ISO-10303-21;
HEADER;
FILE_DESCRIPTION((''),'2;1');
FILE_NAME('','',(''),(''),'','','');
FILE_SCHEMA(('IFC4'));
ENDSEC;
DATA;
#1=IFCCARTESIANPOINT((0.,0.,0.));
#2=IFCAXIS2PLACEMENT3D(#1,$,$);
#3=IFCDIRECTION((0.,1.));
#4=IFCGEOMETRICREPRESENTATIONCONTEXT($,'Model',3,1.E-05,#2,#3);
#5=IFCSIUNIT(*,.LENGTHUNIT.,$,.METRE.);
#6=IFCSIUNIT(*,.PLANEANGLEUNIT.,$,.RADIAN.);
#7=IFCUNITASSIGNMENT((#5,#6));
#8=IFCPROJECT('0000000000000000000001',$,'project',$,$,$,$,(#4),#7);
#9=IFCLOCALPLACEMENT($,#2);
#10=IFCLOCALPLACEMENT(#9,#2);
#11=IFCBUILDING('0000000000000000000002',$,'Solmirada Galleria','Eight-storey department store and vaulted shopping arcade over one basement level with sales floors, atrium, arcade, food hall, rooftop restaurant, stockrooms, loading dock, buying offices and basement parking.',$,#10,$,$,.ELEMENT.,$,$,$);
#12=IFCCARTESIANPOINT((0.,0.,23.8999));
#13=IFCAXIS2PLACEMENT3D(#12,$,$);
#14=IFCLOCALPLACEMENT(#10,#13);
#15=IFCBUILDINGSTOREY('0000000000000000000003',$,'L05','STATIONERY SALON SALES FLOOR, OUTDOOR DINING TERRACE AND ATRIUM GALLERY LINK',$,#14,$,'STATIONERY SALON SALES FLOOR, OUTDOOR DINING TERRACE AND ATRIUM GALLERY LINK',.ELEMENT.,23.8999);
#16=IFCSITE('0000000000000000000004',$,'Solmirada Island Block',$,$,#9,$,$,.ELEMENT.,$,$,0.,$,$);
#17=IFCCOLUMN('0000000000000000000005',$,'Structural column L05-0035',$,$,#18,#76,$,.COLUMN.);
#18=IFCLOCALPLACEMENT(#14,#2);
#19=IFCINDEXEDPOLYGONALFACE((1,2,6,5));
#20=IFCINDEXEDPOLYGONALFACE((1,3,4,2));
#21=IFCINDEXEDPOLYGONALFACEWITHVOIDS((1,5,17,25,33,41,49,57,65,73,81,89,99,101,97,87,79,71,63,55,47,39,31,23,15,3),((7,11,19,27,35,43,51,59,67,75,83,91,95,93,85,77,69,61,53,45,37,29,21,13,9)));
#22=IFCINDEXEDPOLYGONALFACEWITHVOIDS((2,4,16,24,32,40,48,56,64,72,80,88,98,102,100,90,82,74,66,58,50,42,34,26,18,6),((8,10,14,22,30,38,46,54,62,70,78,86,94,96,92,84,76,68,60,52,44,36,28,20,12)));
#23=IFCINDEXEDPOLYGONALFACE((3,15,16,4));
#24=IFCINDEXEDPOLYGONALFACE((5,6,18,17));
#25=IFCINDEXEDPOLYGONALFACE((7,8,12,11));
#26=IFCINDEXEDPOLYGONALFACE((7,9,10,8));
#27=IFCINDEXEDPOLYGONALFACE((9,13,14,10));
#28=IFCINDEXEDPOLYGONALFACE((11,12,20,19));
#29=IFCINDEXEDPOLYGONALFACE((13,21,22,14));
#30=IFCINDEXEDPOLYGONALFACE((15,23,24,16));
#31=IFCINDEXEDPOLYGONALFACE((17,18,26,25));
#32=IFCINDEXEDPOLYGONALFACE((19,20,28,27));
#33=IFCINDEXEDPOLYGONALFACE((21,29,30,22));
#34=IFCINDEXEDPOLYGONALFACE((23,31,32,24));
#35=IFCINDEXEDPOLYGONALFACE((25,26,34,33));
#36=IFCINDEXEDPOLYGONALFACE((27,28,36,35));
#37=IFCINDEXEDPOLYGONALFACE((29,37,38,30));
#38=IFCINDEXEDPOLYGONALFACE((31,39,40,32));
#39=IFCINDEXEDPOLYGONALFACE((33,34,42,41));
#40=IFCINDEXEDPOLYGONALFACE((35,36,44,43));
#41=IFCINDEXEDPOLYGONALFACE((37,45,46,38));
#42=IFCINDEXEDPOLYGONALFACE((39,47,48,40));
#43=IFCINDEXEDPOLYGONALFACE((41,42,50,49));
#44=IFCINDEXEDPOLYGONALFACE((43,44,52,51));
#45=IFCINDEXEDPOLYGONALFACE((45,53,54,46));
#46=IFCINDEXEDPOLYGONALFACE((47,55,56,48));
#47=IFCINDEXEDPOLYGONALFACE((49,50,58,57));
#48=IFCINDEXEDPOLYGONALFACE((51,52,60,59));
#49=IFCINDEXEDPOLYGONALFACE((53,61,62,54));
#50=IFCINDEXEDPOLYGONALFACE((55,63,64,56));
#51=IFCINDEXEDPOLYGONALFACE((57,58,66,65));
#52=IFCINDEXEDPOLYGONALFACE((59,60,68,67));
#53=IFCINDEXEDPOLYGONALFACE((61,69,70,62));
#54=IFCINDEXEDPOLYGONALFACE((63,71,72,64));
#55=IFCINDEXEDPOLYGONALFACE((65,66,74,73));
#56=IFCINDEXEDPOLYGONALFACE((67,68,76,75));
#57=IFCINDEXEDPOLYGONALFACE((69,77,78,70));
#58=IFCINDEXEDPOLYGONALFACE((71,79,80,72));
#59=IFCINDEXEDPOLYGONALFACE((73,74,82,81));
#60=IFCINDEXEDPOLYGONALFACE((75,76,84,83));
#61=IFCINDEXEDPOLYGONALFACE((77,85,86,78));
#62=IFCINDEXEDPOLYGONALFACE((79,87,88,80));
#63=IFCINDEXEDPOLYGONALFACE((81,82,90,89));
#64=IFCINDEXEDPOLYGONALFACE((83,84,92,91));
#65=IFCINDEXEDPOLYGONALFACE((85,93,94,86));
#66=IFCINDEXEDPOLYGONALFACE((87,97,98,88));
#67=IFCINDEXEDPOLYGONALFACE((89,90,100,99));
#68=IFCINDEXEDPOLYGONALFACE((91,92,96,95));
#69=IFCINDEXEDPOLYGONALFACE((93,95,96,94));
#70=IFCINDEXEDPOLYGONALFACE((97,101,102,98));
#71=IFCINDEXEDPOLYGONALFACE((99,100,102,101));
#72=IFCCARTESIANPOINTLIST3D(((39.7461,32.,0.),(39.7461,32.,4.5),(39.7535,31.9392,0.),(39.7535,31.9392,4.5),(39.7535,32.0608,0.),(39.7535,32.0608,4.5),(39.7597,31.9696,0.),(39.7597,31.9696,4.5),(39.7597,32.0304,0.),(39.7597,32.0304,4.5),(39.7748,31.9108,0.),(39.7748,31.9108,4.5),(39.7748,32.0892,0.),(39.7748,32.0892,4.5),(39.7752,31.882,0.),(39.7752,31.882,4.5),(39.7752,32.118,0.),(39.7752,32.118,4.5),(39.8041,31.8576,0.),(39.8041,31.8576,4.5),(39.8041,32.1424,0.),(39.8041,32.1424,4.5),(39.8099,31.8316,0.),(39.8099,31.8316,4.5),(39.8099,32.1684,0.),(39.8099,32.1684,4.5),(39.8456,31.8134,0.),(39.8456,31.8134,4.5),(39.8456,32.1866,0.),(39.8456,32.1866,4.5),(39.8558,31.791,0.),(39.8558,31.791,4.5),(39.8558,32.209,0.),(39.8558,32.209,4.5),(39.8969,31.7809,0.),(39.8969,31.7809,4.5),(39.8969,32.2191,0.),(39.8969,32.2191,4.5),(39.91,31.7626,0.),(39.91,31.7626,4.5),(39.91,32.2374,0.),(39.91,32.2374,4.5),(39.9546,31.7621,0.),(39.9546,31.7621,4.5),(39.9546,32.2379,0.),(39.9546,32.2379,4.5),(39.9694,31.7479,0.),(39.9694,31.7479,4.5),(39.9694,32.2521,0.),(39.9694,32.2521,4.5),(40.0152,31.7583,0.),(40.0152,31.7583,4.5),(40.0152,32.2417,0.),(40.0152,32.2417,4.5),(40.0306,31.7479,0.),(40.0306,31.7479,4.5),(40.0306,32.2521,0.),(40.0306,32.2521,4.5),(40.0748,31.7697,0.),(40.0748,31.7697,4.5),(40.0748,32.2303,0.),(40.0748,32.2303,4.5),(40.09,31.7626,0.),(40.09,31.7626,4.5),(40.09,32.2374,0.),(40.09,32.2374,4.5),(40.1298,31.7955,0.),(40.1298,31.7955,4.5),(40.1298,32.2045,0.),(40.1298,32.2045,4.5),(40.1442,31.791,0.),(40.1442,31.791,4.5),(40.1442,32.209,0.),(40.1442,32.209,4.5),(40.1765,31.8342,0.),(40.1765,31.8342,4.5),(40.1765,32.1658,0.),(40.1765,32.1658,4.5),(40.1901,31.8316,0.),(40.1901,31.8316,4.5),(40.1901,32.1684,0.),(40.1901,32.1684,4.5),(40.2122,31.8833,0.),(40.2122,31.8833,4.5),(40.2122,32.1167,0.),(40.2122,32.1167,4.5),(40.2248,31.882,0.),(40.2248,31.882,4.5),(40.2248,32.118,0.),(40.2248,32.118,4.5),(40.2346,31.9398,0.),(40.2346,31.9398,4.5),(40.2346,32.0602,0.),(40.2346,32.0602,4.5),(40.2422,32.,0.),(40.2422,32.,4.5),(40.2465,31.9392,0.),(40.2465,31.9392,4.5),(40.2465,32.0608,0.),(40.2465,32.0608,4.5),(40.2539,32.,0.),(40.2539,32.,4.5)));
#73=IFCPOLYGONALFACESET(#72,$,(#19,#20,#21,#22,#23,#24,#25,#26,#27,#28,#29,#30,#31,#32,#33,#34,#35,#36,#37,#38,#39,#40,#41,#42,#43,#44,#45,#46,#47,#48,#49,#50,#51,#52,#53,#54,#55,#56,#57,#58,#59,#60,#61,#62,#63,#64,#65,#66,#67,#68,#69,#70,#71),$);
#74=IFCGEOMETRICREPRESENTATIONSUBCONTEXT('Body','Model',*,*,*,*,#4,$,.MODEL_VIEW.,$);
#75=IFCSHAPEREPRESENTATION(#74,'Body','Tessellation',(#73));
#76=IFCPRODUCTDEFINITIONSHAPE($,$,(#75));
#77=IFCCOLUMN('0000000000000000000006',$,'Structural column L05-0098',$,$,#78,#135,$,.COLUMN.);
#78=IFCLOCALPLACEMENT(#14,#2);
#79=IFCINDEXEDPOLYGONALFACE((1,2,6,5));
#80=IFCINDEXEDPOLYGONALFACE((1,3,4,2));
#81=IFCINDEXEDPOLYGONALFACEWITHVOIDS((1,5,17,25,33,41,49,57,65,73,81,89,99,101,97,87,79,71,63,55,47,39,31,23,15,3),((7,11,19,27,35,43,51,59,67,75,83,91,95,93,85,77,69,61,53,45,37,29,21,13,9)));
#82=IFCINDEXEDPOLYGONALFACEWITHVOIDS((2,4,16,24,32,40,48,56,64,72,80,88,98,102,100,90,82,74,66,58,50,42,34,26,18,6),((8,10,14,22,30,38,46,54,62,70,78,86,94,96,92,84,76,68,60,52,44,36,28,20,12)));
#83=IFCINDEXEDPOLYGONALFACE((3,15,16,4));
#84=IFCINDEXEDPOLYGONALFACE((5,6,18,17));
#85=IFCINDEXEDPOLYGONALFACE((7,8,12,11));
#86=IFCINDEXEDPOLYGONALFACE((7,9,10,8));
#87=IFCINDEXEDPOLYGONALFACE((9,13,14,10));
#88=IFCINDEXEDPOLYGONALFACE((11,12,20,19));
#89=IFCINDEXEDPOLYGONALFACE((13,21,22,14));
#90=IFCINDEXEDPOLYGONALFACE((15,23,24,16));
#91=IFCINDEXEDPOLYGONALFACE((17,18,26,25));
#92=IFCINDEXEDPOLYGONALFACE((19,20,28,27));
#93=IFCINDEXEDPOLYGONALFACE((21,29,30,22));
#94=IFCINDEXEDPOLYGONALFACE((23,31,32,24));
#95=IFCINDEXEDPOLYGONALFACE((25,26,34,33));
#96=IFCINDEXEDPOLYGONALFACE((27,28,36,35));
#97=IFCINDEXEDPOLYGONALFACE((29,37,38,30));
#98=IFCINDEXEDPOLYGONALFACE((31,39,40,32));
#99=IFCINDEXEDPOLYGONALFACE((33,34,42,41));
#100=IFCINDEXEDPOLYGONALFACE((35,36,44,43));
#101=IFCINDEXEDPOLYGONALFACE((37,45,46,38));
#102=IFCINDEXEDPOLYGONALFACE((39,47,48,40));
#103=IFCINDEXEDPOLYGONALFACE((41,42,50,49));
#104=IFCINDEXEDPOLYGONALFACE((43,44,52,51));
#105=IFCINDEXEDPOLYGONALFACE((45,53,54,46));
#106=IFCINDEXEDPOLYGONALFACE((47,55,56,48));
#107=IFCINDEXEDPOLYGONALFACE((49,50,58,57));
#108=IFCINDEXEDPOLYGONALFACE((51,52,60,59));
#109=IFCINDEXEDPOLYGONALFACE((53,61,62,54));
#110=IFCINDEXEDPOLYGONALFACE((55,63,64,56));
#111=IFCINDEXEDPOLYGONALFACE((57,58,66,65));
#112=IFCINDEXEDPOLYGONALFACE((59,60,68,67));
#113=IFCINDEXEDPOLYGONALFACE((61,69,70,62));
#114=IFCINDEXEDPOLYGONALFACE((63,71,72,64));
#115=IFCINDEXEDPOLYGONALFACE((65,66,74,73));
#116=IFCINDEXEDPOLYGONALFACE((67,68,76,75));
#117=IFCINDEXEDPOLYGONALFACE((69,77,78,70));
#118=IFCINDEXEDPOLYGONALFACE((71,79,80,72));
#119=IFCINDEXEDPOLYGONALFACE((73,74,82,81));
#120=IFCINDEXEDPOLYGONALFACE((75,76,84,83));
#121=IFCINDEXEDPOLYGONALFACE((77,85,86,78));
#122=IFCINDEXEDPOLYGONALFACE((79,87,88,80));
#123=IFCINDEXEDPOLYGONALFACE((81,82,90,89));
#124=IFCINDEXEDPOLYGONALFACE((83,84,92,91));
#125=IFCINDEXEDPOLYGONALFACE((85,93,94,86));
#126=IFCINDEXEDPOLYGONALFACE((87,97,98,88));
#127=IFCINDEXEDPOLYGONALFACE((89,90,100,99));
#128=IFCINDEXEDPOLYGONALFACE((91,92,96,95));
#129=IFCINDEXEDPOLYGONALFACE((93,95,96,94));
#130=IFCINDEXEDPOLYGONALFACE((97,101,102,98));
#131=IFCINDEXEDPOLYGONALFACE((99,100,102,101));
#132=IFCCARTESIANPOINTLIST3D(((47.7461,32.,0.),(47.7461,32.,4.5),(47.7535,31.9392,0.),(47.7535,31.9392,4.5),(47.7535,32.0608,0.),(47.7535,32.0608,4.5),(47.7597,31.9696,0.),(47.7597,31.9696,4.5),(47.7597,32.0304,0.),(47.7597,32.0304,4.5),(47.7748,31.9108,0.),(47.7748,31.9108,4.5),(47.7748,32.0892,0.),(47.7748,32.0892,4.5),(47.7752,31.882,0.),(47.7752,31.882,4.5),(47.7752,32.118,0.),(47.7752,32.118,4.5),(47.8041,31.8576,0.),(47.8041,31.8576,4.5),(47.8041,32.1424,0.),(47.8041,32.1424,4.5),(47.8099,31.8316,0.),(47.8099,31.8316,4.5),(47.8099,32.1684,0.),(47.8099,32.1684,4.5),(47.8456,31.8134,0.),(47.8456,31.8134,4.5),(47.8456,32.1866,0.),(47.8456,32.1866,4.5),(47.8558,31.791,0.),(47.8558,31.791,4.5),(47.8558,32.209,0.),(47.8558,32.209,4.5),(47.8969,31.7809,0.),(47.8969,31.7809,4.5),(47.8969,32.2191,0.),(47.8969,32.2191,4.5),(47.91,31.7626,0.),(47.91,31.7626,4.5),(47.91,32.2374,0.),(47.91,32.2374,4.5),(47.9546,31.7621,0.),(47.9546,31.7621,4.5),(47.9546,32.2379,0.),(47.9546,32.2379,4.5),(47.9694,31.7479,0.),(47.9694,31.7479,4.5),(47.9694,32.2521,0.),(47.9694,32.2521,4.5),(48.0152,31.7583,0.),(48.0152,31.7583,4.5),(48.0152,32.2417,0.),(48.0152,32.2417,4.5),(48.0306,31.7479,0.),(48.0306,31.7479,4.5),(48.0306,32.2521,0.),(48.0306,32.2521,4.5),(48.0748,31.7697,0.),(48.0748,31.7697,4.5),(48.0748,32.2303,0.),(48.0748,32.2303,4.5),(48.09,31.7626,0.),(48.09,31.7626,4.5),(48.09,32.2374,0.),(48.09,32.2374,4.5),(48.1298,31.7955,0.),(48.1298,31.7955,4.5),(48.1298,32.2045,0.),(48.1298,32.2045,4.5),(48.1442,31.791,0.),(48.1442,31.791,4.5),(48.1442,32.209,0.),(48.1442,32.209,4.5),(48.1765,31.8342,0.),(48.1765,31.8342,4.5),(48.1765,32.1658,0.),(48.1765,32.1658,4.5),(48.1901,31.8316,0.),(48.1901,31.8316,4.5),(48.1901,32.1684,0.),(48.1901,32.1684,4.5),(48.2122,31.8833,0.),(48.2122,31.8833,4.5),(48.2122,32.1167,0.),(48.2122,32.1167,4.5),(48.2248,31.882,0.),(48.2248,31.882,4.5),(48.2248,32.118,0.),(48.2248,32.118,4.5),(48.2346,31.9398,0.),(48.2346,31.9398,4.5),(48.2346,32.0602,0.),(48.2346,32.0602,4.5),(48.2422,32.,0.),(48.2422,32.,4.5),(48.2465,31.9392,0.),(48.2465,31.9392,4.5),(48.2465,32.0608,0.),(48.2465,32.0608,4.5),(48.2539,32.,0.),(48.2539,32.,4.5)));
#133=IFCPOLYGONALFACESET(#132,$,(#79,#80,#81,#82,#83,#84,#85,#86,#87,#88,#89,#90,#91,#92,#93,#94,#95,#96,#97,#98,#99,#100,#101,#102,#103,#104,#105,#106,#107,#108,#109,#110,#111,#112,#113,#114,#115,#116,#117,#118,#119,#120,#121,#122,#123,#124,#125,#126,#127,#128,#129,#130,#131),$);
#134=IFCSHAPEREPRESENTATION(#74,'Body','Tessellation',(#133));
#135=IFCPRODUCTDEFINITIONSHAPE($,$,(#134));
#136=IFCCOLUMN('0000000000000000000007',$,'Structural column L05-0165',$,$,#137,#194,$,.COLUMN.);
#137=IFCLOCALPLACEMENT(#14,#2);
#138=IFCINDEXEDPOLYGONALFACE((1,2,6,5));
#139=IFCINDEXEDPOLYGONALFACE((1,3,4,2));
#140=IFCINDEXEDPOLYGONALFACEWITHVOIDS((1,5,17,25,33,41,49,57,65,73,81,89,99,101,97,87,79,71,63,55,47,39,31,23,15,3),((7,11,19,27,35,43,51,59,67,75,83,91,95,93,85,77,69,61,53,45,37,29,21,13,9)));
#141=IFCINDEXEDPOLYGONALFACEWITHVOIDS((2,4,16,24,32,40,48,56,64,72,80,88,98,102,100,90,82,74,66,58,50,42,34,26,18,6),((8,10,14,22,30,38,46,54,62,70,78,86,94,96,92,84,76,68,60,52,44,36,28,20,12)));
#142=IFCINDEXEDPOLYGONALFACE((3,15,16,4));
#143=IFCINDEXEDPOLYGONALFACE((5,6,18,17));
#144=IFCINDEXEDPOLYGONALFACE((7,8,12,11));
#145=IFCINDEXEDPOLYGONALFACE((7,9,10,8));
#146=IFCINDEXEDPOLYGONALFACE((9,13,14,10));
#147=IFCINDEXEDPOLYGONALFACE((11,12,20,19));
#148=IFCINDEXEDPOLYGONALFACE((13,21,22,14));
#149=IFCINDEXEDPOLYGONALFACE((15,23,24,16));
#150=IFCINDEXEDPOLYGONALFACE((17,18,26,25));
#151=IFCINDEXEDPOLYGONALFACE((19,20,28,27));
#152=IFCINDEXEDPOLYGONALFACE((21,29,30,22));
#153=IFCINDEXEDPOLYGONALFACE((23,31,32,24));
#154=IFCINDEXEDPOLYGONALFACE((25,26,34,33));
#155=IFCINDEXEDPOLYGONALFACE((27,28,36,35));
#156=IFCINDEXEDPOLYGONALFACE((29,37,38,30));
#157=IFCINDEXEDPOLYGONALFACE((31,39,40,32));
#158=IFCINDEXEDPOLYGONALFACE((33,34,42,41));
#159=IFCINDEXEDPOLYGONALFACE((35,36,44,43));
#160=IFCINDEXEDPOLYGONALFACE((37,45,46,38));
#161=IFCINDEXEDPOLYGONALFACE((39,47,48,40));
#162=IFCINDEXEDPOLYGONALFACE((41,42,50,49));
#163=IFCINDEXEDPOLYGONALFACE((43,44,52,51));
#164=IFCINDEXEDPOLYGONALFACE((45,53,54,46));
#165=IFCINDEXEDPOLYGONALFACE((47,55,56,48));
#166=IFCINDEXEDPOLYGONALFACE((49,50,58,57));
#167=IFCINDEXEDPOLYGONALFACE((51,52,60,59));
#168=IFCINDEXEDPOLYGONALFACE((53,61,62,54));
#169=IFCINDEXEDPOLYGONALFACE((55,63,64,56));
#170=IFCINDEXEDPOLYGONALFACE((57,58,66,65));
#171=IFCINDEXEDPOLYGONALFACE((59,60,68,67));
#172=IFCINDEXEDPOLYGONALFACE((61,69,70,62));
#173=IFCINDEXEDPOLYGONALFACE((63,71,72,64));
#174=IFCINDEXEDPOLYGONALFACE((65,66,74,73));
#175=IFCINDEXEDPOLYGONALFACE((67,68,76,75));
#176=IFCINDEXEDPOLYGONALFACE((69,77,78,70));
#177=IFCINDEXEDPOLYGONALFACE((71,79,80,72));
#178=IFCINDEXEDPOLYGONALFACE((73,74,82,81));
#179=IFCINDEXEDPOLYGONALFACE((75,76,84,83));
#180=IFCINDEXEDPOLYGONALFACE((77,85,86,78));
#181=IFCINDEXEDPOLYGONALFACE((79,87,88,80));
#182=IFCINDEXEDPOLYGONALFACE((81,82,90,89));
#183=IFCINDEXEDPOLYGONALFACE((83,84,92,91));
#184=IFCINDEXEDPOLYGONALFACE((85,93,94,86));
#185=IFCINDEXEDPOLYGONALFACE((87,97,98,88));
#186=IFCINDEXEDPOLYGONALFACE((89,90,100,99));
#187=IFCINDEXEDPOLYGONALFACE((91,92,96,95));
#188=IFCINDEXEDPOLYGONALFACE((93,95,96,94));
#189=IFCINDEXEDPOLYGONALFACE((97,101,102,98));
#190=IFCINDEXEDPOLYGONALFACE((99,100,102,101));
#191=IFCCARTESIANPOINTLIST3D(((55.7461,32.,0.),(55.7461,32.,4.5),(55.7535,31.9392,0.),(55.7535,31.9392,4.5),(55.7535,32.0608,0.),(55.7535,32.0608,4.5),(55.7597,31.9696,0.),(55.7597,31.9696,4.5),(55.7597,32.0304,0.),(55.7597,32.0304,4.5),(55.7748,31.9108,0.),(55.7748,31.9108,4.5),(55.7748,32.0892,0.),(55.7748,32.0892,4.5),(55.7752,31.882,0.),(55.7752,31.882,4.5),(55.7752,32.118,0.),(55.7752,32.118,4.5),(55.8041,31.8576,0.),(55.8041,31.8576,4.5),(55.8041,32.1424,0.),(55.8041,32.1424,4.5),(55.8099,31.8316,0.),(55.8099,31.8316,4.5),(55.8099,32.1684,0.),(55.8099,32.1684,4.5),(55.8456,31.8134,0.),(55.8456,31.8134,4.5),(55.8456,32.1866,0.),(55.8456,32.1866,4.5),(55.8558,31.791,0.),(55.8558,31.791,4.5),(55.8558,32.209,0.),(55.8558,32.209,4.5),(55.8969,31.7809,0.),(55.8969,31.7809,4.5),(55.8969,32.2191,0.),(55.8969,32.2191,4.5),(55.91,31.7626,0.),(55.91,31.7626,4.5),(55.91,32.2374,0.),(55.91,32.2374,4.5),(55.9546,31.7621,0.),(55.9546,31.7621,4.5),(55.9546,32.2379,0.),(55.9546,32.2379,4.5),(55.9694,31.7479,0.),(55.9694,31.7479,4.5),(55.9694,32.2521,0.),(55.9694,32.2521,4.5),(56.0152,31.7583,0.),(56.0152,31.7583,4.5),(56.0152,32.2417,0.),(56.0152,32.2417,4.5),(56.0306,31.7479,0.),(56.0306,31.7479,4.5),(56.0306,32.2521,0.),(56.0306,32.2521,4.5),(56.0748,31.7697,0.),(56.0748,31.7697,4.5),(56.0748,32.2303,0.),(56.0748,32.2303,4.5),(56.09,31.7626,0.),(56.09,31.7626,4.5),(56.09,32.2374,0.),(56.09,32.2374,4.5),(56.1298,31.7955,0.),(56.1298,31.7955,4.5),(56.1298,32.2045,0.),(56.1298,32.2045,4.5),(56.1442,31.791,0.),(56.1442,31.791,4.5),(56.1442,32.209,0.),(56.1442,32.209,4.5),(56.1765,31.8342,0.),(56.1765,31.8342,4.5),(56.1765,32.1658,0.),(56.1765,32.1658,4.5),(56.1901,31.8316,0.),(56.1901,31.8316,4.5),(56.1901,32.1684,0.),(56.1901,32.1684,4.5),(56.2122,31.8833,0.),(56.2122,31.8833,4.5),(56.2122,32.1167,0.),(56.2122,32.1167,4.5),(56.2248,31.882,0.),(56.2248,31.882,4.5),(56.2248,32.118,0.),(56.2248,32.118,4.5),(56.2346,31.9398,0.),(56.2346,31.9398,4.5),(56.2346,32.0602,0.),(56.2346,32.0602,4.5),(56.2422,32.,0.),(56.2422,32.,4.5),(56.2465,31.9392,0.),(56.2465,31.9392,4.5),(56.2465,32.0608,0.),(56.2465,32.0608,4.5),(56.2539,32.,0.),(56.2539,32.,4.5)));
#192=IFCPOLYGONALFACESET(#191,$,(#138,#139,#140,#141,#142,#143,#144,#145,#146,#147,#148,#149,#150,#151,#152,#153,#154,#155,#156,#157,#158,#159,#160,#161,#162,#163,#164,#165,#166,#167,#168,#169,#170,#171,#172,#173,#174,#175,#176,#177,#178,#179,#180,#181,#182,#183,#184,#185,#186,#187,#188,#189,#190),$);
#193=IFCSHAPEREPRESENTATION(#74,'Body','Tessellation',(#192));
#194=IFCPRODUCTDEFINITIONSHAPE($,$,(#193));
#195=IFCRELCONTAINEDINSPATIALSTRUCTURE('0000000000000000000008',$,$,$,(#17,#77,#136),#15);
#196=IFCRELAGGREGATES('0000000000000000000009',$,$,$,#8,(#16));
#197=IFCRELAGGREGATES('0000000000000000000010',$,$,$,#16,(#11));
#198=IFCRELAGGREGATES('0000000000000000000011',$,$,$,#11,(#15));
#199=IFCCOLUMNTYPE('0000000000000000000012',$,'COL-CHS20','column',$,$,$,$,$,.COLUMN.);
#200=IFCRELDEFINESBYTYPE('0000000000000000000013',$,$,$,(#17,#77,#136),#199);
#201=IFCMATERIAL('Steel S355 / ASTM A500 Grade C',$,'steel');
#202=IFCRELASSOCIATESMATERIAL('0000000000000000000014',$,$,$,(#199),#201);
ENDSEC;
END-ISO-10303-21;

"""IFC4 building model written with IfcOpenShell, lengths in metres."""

from ifc_helpers import new_model, si_unit, direction, frame, origin, origin_2d, place, context, subcontext, project, spatial, hollow_circle, extrude, material, material_profile, profile_set, type_object, element, save


model = new_model("IFC4")

# Units and contexts
model_context = context("Model", 3, precision=1e-05, world=origin(), true_north=direction((0.0, 1.0)))
body_context = subcontext(model_context, "Body", "Model", "MODEL_VIEW")
ifc_project = project(units=[si_unit("LENGTHUNIT", "METRE"), si_unit("PLANEANGLEUNIT", "RADIAN")], contexts=[model_context])

# Site, building, storey
site_placement = place(None, origin())
site = spatial("IfcSite", under=ifc_project, at=site_placement, Name="Solmirada Island Block", CompositionType="ELEMENT", RefElevation=0.0)
building_placement = place(site_placement, origin())
building = spatial("IfcBuilding", under=site, at=building_placement, Name="Solmirada Galleria", Description="Eight-storey department store and vaulted shopping arcade over one basement level with sales floors, atrium, arcade, food hall, rooftop restaurant, stockrooms, loading dock, buying offices and basement parking.", CompositionType="ELEMENT")
storey_placement = place(building_placement, frame((0.0, 0.0, 23.8999)))
storey = spatial("IfcBuildingStorey", under=building, at=storey_placement, Name="L05", Description="STATIONERY SALON SALES FLOOR, OUTDOOR DINING TERRACE AND ATRIUM GALLERY LINK", LongName="STATIONERY SALON SALES FLOOR, OUTDOOR DINING TERRACE AND ATRIUM GALLERY LINK", CompositionType="ELEMENT", Elevation=23.8999)

# Columns
ifc_material_1 = material(Name="Steel S355 / ASTM A500 Grade C", Category="steel")
ifc_material_profile_1 = material_profile(ifc_material_1, hollow_circle(Radius=0.2539, WallThickness=0.0117, at=origin_2d()), Name="HSS20.000X0.500")
ifc_profile_set_1 = profile_set([ifc_material_profile_1], Name="Steel S355 / ASTM A500 Grade C")
column_type = type_object("IfcColumnType", Name="COL-CHS20", Description="column", PredefinedType="COLUMN", material=ifc_profile_set_1)
for number, where, z_axis, x_axis, name in (
    (1, (40.0, 32.0, 0.0), (0.0, 0.0, 1.0), (1.0, 0.0, 0.0), "Structural column L05-0035"),
    (2, (48.0, 32.0, 0.0), (0.0, 0.0, 1.0), (1.0, 0.0, 0.0), "Structural column L05-0098"),
    (3, (56.0, 32.0, 0.0), (0.0, 0.0, 1.0), (1.0, 0.0, 0.0), "Structural column L05-0165"),
):
    element("IfcColumn", number, at=place(storey_placement, frame(where, z_axis=z_axis, x_axis=x_axis)), inside=storey, type_object=column_type, Name=name, PredefinedType="COLUMN", context=body_context, shape_type="SweptSolid", body=[
        extrude(hollow_circle(Radius=0.2539, WallThickness=0.0117, at=origin_2d()), origin(), (0.0, 0.0, 1.0), 4.5),
    ])

save(model, "model.ifc")
